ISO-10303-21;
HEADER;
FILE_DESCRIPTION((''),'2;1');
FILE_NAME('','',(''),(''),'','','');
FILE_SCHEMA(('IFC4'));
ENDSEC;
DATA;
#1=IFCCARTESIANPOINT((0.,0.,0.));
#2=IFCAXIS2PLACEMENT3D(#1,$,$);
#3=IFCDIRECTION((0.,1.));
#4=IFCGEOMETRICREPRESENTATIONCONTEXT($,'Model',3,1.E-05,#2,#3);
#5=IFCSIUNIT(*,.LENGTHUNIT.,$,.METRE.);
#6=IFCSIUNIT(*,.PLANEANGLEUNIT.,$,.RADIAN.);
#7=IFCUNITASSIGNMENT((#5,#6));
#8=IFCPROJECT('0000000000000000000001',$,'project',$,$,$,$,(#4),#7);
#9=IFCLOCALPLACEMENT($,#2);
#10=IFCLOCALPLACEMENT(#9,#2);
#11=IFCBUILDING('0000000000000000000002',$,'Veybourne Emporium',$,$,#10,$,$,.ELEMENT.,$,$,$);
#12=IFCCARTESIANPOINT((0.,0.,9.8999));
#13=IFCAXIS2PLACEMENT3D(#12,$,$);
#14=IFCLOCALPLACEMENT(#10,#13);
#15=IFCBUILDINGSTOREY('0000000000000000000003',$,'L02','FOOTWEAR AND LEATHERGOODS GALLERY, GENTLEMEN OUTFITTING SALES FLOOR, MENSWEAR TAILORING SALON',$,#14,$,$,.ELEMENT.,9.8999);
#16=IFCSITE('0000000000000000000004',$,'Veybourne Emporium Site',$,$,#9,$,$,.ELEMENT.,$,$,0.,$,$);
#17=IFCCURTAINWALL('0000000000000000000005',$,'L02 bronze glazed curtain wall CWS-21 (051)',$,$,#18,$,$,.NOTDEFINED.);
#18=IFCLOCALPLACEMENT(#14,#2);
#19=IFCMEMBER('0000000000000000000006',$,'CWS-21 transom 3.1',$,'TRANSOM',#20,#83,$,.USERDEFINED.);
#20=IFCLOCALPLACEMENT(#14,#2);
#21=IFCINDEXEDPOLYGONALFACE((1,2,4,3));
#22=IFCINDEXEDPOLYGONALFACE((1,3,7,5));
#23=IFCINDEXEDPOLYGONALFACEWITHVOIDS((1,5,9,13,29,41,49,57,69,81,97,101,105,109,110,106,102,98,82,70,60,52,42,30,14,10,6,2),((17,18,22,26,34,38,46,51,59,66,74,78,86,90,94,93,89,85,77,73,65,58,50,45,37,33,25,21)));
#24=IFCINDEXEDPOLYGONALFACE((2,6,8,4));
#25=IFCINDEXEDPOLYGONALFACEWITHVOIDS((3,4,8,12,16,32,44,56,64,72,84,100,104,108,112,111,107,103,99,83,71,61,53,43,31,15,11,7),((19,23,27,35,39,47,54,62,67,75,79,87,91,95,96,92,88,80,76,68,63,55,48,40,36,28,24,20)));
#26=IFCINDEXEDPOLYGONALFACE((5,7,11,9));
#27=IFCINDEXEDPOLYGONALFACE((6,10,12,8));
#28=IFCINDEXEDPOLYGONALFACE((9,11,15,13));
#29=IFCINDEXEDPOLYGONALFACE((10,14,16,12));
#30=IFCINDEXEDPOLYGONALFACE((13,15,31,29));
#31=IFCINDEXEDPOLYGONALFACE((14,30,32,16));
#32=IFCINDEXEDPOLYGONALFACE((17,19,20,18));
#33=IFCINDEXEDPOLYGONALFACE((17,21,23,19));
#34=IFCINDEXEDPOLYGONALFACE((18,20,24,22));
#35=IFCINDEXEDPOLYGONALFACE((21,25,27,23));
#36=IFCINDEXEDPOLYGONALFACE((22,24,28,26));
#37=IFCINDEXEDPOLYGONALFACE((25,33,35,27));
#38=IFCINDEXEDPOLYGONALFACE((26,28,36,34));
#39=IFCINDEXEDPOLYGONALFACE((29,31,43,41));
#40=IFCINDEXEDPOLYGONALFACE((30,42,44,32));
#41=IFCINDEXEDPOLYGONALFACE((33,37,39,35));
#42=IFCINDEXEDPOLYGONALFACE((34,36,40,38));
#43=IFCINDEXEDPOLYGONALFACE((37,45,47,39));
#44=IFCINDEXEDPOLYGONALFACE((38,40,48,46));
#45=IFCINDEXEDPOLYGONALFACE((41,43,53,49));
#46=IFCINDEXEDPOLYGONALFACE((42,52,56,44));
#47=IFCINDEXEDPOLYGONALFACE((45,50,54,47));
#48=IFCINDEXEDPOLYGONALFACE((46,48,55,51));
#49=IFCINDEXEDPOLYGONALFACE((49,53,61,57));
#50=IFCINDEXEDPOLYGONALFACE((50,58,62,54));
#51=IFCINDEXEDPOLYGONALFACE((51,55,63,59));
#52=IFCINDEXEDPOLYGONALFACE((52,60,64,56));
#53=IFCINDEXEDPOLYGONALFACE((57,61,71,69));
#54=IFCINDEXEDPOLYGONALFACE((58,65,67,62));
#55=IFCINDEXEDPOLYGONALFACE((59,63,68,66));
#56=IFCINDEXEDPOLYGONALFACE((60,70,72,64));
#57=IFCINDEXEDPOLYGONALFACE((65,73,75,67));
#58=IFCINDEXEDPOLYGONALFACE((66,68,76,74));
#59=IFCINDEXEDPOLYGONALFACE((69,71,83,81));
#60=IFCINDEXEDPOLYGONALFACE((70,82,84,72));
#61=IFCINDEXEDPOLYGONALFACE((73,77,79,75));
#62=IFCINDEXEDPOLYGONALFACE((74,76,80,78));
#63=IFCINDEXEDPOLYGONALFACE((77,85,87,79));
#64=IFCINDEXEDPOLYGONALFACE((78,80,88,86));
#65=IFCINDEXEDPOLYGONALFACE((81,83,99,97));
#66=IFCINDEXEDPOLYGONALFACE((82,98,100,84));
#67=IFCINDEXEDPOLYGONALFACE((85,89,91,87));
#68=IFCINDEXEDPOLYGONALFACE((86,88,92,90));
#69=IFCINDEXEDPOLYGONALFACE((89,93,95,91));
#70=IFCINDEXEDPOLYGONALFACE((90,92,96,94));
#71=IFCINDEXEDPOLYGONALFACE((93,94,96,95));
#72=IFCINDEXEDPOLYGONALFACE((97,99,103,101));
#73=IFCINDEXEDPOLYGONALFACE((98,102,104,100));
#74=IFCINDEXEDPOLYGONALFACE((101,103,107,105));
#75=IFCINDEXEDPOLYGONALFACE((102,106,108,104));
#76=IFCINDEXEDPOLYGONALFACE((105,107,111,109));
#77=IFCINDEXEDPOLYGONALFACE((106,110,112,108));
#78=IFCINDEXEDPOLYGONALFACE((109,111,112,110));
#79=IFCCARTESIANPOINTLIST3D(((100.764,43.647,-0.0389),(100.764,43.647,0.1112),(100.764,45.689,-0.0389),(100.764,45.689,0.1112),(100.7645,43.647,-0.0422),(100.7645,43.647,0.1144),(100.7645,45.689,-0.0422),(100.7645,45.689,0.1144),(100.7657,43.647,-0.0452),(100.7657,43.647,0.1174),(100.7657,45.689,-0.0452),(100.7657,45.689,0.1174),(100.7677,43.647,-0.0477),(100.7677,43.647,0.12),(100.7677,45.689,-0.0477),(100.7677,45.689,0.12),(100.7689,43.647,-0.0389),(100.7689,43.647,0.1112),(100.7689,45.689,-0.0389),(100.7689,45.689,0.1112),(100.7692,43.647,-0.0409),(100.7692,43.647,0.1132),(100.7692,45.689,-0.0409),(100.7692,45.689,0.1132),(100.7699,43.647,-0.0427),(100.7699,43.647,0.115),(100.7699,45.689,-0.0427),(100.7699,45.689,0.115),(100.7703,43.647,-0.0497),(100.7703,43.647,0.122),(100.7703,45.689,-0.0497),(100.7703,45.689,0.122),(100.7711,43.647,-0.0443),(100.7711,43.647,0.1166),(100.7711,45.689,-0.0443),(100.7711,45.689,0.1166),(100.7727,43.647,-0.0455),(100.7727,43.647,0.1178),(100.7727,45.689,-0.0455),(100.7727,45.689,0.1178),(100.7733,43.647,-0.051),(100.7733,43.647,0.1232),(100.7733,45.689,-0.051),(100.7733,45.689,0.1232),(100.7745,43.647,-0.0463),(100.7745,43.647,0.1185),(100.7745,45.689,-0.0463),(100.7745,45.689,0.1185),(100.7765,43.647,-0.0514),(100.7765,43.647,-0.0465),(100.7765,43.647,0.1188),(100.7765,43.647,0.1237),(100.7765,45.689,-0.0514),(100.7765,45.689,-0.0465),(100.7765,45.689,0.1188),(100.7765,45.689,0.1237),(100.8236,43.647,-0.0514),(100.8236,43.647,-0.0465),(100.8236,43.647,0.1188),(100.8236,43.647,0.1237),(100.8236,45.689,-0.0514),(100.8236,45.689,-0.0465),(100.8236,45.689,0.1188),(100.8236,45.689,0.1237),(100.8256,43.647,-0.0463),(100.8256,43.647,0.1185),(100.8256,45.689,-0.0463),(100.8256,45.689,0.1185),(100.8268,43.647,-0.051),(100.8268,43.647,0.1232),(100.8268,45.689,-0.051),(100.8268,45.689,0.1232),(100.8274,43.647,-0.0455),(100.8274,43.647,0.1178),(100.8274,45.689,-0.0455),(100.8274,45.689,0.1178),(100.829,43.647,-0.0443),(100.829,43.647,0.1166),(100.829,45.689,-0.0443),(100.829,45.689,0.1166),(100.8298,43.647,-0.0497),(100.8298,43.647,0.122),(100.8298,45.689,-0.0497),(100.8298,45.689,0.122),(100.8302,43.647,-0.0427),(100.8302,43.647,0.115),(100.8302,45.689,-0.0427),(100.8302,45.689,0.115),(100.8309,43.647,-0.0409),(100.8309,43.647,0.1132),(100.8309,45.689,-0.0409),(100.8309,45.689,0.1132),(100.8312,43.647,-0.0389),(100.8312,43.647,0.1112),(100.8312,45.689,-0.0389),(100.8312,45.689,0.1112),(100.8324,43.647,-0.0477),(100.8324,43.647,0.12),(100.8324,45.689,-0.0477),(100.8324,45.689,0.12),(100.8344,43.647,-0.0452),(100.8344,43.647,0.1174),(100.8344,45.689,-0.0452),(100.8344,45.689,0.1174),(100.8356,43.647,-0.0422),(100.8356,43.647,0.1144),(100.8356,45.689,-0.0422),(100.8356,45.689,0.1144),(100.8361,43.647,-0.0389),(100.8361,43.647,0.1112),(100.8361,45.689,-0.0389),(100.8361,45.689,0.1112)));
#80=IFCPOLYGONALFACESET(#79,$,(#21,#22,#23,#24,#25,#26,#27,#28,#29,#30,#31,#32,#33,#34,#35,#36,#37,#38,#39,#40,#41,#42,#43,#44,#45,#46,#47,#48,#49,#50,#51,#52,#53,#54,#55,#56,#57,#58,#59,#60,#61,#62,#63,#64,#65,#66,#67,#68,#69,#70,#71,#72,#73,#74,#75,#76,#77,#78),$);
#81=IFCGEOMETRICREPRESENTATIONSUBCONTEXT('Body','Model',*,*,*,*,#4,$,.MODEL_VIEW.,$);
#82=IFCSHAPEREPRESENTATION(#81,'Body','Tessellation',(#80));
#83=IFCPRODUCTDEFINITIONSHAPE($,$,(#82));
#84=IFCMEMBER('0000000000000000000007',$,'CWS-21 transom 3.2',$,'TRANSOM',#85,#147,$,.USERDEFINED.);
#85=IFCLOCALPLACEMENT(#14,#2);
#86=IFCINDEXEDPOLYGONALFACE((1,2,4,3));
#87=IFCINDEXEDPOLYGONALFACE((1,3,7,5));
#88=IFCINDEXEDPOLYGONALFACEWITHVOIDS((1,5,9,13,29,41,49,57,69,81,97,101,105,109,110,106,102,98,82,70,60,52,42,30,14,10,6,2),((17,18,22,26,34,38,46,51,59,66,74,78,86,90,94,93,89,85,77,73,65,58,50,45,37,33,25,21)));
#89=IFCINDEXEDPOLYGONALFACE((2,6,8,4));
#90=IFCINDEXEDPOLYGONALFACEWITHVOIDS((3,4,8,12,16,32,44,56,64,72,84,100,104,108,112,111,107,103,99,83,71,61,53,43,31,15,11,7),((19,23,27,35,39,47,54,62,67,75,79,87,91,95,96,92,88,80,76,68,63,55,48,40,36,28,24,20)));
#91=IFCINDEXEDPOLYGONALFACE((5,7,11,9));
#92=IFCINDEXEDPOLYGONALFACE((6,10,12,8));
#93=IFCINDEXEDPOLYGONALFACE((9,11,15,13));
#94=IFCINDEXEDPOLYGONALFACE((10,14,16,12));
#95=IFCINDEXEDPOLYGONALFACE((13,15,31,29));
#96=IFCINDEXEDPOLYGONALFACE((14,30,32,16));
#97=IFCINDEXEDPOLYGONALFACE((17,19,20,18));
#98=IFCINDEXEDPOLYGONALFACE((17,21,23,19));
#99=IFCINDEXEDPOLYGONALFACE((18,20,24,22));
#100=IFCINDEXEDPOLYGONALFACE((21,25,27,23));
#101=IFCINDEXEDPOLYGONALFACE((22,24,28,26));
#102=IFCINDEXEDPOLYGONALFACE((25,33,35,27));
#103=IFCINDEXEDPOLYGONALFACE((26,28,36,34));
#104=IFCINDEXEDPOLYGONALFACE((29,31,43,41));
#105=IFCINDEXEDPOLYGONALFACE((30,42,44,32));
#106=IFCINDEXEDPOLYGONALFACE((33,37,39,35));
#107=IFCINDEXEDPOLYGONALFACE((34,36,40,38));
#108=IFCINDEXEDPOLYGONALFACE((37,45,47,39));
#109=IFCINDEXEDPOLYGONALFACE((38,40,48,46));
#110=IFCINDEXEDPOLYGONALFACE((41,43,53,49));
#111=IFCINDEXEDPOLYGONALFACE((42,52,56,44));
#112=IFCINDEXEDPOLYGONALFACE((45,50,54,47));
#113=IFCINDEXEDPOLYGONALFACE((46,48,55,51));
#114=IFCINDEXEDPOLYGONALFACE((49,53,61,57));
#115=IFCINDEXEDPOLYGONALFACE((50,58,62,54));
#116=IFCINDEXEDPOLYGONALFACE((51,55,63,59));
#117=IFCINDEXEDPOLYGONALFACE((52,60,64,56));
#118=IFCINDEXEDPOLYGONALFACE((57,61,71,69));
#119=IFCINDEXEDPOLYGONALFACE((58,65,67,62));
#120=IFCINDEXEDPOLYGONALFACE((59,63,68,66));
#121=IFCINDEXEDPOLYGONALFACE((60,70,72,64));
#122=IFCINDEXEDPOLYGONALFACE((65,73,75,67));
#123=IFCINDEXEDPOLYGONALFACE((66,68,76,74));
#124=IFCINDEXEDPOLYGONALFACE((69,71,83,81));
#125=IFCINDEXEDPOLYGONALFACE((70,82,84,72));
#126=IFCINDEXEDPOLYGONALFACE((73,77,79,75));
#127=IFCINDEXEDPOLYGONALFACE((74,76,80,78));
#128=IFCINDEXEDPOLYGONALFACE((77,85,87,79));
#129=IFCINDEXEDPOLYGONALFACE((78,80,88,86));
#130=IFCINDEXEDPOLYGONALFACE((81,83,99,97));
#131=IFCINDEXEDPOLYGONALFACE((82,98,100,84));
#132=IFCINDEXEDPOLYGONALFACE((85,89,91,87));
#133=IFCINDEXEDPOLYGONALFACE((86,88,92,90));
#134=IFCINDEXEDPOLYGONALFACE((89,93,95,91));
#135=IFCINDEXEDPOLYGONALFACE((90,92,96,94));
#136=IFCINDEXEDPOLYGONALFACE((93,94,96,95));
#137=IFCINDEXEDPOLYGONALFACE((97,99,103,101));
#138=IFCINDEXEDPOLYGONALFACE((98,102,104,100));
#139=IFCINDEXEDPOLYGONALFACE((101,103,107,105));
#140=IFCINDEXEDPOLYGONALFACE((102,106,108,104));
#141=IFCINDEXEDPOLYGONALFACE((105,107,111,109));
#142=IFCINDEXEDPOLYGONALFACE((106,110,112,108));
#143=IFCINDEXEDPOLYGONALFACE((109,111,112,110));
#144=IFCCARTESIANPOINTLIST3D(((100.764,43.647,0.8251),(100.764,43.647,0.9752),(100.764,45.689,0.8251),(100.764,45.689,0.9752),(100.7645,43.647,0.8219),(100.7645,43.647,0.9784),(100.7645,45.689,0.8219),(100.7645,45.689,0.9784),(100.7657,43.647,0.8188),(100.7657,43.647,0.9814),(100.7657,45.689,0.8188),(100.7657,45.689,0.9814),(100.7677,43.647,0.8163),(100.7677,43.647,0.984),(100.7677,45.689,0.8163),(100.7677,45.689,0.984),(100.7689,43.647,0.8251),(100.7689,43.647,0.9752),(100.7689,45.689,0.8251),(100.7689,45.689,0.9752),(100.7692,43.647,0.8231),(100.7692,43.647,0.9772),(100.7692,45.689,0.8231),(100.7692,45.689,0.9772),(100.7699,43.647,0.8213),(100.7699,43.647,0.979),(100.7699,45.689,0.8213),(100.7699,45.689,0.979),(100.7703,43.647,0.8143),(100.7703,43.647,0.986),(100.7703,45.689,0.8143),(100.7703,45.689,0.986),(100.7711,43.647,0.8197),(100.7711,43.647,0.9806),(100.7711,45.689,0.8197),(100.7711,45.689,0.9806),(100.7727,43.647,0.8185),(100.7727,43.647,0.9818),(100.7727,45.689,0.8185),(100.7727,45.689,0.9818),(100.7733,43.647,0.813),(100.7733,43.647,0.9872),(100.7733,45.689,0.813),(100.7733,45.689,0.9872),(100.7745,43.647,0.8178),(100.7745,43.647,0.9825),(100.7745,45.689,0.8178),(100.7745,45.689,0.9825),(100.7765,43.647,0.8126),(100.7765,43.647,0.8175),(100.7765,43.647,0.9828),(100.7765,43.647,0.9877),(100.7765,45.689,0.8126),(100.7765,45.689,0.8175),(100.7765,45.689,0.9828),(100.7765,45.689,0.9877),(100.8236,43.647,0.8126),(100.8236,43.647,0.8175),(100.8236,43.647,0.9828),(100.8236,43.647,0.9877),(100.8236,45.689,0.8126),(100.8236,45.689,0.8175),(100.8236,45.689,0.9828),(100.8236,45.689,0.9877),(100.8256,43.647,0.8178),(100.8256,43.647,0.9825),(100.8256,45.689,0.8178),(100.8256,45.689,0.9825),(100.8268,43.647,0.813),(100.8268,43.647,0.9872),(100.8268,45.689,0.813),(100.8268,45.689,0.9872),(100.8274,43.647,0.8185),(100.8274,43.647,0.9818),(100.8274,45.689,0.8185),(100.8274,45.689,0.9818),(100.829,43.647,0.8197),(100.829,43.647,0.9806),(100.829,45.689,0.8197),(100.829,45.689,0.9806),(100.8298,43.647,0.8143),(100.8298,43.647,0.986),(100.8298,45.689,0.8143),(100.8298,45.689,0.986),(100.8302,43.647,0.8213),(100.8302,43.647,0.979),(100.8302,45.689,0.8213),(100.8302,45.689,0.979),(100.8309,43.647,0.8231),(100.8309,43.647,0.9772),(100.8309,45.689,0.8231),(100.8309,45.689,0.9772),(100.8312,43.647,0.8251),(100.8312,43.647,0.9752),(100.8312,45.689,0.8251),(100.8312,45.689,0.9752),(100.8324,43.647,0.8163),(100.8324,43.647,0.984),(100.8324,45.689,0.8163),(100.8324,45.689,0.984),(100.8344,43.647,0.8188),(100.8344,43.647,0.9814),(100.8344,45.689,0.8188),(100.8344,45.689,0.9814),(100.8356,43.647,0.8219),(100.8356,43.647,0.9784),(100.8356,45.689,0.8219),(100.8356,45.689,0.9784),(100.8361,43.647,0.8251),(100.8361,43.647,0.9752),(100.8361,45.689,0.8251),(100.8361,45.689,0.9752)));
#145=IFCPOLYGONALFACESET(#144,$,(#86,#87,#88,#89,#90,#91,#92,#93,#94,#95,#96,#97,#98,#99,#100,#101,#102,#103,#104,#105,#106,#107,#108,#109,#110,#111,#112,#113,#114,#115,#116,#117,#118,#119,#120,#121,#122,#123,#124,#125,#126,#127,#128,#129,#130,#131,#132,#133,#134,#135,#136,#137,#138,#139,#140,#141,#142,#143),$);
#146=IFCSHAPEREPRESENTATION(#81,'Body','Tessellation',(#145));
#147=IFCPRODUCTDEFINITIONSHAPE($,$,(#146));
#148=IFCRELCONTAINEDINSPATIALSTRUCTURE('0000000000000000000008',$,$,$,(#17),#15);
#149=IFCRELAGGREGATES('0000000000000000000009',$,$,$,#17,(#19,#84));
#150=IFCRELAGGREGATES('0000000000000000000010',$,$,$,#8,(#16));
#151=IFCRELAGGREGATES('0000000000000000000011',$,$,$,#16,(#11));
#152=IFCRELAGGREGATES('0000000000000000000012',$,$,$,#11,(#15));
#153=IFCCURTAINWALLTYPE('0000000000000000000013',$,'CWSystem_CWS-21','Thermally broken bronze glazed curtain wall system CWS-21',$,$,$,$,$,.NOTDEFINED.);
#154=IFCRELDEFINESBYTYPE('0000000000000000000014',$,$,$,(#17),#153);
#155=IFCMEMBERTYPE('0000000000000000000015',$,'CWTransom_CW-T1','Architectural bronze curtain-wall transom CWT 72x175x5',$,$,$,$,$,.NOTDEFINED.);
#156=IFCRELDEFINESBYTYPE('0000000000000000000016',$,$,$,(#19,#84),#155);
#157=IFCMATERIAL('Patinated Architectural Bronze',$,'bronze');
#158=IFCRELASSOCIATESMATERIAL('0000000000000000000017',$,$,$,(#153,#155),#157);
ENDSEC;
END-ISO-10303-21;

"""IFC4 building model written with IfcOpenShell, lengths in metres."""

from ifc_helpers import new_model, si_unit, direction, frame, origin, origin_2d, place, context, subcontext, project, spatial, hollow_rectangle, extrude, material, material_profile, profile_set, type_object, element, aggregate, save


model = new_model("IFC4")

# Units and contexts
model_context = context("Model", 3, precision=1e-05, world=origin(), true_north=direction((0.0, 1.0)))
body_context = subcontext(model_context, "Body", "Model", "MODEL_VIEW")
ifc_project = project(units=[si_unit("LENGTHUNIT", "METRE"), si_unit("PLANEANGLEUNIT", "RADIAN")], contexts=[model_context])

# Site, building, storey
site_placement = place(None, origin())
site = spatial("IfcSite", under=ifc_project, at=site_placement, Name="Veybourne Emporium Site", CompositionType="ELEMENT", RefElevation=0.0)
building_placement = place(site_placement, origin())
building = spatial("IfcBuilding", under=site, at=building_placement, Name="Veybourne Emporium", CompositionType="ELEMENT")
storey_placement = place(building_placement, frame((0.0, 0.0, 9.8999)))
storey = spatial("IfcBuildingStorey", under=building, at=storey_placement, Name="L02", Description="FOOTWEAR AND LEATHERGOODS GALLERY, GENTLEMEN OUTFITTING SALES FLOOR, MENSWEAR TAILORING SALON", CompositionType="ELEMENT", Elevation=9.8999)

# Curtain wall, members
ifc_material_1 = material(Name="Patinated Architectural Bronze", Category="bronze")
curtain_wall_type = type_object("IfcCurtainWallType", Name="CWSystem_CWS-21", Description="Thermally broken bronze glazed curtain wall system CWS-21", PredefinedType="NOTDEFINED", material=ifc_material_1)
curtain_wall_placement = place(storey_placement, origin())
curtain_wall = element("IfcCurtainWall", 1, at=curtain_wall_placement, inside=storey, type_object=curtain_wall_type, Name="L02 bronze glazed curtain wall CWS-21 (051)", PredefinedType="NOTDEFINED")
ifc_material_profile = material_profile(ifc_material_1, hollow_rectangle(XDim=0.072, YDim=0.175, WallThickness=0.0049, InnerFilletRadius=0.0076, OuterFilletRadius=0.0125, at=origin_2d()), Name="CWT 72x175x5")
ifc_profile_set = profile_set([ifc_material_profile], Name="Patinated Architectural Bronze")
member_type = type_object("IfcMemberType", Name="CWTransom_CW-T1", Description="Architectural bronze curtain-wall transom CWT 72x175x5", PredefinedType="NOTDEFINED", material=ifc_profile_set)
member_1_placement = place(storey_placement, frame((100.8, 45.689, 0.0361), z_axis=(0.0, -1.0, 0.0), x_axis=(1.0, 0.0, 0.0)))
member_1 = element("IfcMember", 2, at=member_1_placement, type_object=member_type, Name="CWS-21 transom 3.1", ObjectType="TRANSOM", PredefinedType="USERDEFINED", context=body_context, shape_type="SweptSolid", body=[
    extrude(hollow_rectangle(XDim=0.072, YDim=0.175, WallThickness=0.0049, InnerFilletRadius=0.0076, OuterFilletRadius=0.0125, at=origin_2d()), origin(), (0.0, 0.0, 1.0), 2.042),
])
member_2_placement = place(storey_placement, frame((100.8, 45.689, 0.9001), z_axis=(0.0, -1.0, 0.0), x_axis=(1.0, 0.0, 0.0)))
member_2 = element("IfcMember", 3, at=member_2_placement, type_object=member_type, Name="CWS-21 transom 3.2", ObjectType="TRANSOM", PredefinedType="USERDEFINED", context=body_context, shape_type="SweptSolid", body=[
    extrude(hollow_rectangle(XDim=0.072, YDim=0.175, WallThickness=0.0049, InnerFilletRadius=0.0076, OuterFilletRadius=0.0125, at=origin_2d()), origin(), (0.0, 0.0, 1.0), 2.042),
])
aggregate(curtain_wall, [member_1, member_2])

save(model, "model.ifc")
